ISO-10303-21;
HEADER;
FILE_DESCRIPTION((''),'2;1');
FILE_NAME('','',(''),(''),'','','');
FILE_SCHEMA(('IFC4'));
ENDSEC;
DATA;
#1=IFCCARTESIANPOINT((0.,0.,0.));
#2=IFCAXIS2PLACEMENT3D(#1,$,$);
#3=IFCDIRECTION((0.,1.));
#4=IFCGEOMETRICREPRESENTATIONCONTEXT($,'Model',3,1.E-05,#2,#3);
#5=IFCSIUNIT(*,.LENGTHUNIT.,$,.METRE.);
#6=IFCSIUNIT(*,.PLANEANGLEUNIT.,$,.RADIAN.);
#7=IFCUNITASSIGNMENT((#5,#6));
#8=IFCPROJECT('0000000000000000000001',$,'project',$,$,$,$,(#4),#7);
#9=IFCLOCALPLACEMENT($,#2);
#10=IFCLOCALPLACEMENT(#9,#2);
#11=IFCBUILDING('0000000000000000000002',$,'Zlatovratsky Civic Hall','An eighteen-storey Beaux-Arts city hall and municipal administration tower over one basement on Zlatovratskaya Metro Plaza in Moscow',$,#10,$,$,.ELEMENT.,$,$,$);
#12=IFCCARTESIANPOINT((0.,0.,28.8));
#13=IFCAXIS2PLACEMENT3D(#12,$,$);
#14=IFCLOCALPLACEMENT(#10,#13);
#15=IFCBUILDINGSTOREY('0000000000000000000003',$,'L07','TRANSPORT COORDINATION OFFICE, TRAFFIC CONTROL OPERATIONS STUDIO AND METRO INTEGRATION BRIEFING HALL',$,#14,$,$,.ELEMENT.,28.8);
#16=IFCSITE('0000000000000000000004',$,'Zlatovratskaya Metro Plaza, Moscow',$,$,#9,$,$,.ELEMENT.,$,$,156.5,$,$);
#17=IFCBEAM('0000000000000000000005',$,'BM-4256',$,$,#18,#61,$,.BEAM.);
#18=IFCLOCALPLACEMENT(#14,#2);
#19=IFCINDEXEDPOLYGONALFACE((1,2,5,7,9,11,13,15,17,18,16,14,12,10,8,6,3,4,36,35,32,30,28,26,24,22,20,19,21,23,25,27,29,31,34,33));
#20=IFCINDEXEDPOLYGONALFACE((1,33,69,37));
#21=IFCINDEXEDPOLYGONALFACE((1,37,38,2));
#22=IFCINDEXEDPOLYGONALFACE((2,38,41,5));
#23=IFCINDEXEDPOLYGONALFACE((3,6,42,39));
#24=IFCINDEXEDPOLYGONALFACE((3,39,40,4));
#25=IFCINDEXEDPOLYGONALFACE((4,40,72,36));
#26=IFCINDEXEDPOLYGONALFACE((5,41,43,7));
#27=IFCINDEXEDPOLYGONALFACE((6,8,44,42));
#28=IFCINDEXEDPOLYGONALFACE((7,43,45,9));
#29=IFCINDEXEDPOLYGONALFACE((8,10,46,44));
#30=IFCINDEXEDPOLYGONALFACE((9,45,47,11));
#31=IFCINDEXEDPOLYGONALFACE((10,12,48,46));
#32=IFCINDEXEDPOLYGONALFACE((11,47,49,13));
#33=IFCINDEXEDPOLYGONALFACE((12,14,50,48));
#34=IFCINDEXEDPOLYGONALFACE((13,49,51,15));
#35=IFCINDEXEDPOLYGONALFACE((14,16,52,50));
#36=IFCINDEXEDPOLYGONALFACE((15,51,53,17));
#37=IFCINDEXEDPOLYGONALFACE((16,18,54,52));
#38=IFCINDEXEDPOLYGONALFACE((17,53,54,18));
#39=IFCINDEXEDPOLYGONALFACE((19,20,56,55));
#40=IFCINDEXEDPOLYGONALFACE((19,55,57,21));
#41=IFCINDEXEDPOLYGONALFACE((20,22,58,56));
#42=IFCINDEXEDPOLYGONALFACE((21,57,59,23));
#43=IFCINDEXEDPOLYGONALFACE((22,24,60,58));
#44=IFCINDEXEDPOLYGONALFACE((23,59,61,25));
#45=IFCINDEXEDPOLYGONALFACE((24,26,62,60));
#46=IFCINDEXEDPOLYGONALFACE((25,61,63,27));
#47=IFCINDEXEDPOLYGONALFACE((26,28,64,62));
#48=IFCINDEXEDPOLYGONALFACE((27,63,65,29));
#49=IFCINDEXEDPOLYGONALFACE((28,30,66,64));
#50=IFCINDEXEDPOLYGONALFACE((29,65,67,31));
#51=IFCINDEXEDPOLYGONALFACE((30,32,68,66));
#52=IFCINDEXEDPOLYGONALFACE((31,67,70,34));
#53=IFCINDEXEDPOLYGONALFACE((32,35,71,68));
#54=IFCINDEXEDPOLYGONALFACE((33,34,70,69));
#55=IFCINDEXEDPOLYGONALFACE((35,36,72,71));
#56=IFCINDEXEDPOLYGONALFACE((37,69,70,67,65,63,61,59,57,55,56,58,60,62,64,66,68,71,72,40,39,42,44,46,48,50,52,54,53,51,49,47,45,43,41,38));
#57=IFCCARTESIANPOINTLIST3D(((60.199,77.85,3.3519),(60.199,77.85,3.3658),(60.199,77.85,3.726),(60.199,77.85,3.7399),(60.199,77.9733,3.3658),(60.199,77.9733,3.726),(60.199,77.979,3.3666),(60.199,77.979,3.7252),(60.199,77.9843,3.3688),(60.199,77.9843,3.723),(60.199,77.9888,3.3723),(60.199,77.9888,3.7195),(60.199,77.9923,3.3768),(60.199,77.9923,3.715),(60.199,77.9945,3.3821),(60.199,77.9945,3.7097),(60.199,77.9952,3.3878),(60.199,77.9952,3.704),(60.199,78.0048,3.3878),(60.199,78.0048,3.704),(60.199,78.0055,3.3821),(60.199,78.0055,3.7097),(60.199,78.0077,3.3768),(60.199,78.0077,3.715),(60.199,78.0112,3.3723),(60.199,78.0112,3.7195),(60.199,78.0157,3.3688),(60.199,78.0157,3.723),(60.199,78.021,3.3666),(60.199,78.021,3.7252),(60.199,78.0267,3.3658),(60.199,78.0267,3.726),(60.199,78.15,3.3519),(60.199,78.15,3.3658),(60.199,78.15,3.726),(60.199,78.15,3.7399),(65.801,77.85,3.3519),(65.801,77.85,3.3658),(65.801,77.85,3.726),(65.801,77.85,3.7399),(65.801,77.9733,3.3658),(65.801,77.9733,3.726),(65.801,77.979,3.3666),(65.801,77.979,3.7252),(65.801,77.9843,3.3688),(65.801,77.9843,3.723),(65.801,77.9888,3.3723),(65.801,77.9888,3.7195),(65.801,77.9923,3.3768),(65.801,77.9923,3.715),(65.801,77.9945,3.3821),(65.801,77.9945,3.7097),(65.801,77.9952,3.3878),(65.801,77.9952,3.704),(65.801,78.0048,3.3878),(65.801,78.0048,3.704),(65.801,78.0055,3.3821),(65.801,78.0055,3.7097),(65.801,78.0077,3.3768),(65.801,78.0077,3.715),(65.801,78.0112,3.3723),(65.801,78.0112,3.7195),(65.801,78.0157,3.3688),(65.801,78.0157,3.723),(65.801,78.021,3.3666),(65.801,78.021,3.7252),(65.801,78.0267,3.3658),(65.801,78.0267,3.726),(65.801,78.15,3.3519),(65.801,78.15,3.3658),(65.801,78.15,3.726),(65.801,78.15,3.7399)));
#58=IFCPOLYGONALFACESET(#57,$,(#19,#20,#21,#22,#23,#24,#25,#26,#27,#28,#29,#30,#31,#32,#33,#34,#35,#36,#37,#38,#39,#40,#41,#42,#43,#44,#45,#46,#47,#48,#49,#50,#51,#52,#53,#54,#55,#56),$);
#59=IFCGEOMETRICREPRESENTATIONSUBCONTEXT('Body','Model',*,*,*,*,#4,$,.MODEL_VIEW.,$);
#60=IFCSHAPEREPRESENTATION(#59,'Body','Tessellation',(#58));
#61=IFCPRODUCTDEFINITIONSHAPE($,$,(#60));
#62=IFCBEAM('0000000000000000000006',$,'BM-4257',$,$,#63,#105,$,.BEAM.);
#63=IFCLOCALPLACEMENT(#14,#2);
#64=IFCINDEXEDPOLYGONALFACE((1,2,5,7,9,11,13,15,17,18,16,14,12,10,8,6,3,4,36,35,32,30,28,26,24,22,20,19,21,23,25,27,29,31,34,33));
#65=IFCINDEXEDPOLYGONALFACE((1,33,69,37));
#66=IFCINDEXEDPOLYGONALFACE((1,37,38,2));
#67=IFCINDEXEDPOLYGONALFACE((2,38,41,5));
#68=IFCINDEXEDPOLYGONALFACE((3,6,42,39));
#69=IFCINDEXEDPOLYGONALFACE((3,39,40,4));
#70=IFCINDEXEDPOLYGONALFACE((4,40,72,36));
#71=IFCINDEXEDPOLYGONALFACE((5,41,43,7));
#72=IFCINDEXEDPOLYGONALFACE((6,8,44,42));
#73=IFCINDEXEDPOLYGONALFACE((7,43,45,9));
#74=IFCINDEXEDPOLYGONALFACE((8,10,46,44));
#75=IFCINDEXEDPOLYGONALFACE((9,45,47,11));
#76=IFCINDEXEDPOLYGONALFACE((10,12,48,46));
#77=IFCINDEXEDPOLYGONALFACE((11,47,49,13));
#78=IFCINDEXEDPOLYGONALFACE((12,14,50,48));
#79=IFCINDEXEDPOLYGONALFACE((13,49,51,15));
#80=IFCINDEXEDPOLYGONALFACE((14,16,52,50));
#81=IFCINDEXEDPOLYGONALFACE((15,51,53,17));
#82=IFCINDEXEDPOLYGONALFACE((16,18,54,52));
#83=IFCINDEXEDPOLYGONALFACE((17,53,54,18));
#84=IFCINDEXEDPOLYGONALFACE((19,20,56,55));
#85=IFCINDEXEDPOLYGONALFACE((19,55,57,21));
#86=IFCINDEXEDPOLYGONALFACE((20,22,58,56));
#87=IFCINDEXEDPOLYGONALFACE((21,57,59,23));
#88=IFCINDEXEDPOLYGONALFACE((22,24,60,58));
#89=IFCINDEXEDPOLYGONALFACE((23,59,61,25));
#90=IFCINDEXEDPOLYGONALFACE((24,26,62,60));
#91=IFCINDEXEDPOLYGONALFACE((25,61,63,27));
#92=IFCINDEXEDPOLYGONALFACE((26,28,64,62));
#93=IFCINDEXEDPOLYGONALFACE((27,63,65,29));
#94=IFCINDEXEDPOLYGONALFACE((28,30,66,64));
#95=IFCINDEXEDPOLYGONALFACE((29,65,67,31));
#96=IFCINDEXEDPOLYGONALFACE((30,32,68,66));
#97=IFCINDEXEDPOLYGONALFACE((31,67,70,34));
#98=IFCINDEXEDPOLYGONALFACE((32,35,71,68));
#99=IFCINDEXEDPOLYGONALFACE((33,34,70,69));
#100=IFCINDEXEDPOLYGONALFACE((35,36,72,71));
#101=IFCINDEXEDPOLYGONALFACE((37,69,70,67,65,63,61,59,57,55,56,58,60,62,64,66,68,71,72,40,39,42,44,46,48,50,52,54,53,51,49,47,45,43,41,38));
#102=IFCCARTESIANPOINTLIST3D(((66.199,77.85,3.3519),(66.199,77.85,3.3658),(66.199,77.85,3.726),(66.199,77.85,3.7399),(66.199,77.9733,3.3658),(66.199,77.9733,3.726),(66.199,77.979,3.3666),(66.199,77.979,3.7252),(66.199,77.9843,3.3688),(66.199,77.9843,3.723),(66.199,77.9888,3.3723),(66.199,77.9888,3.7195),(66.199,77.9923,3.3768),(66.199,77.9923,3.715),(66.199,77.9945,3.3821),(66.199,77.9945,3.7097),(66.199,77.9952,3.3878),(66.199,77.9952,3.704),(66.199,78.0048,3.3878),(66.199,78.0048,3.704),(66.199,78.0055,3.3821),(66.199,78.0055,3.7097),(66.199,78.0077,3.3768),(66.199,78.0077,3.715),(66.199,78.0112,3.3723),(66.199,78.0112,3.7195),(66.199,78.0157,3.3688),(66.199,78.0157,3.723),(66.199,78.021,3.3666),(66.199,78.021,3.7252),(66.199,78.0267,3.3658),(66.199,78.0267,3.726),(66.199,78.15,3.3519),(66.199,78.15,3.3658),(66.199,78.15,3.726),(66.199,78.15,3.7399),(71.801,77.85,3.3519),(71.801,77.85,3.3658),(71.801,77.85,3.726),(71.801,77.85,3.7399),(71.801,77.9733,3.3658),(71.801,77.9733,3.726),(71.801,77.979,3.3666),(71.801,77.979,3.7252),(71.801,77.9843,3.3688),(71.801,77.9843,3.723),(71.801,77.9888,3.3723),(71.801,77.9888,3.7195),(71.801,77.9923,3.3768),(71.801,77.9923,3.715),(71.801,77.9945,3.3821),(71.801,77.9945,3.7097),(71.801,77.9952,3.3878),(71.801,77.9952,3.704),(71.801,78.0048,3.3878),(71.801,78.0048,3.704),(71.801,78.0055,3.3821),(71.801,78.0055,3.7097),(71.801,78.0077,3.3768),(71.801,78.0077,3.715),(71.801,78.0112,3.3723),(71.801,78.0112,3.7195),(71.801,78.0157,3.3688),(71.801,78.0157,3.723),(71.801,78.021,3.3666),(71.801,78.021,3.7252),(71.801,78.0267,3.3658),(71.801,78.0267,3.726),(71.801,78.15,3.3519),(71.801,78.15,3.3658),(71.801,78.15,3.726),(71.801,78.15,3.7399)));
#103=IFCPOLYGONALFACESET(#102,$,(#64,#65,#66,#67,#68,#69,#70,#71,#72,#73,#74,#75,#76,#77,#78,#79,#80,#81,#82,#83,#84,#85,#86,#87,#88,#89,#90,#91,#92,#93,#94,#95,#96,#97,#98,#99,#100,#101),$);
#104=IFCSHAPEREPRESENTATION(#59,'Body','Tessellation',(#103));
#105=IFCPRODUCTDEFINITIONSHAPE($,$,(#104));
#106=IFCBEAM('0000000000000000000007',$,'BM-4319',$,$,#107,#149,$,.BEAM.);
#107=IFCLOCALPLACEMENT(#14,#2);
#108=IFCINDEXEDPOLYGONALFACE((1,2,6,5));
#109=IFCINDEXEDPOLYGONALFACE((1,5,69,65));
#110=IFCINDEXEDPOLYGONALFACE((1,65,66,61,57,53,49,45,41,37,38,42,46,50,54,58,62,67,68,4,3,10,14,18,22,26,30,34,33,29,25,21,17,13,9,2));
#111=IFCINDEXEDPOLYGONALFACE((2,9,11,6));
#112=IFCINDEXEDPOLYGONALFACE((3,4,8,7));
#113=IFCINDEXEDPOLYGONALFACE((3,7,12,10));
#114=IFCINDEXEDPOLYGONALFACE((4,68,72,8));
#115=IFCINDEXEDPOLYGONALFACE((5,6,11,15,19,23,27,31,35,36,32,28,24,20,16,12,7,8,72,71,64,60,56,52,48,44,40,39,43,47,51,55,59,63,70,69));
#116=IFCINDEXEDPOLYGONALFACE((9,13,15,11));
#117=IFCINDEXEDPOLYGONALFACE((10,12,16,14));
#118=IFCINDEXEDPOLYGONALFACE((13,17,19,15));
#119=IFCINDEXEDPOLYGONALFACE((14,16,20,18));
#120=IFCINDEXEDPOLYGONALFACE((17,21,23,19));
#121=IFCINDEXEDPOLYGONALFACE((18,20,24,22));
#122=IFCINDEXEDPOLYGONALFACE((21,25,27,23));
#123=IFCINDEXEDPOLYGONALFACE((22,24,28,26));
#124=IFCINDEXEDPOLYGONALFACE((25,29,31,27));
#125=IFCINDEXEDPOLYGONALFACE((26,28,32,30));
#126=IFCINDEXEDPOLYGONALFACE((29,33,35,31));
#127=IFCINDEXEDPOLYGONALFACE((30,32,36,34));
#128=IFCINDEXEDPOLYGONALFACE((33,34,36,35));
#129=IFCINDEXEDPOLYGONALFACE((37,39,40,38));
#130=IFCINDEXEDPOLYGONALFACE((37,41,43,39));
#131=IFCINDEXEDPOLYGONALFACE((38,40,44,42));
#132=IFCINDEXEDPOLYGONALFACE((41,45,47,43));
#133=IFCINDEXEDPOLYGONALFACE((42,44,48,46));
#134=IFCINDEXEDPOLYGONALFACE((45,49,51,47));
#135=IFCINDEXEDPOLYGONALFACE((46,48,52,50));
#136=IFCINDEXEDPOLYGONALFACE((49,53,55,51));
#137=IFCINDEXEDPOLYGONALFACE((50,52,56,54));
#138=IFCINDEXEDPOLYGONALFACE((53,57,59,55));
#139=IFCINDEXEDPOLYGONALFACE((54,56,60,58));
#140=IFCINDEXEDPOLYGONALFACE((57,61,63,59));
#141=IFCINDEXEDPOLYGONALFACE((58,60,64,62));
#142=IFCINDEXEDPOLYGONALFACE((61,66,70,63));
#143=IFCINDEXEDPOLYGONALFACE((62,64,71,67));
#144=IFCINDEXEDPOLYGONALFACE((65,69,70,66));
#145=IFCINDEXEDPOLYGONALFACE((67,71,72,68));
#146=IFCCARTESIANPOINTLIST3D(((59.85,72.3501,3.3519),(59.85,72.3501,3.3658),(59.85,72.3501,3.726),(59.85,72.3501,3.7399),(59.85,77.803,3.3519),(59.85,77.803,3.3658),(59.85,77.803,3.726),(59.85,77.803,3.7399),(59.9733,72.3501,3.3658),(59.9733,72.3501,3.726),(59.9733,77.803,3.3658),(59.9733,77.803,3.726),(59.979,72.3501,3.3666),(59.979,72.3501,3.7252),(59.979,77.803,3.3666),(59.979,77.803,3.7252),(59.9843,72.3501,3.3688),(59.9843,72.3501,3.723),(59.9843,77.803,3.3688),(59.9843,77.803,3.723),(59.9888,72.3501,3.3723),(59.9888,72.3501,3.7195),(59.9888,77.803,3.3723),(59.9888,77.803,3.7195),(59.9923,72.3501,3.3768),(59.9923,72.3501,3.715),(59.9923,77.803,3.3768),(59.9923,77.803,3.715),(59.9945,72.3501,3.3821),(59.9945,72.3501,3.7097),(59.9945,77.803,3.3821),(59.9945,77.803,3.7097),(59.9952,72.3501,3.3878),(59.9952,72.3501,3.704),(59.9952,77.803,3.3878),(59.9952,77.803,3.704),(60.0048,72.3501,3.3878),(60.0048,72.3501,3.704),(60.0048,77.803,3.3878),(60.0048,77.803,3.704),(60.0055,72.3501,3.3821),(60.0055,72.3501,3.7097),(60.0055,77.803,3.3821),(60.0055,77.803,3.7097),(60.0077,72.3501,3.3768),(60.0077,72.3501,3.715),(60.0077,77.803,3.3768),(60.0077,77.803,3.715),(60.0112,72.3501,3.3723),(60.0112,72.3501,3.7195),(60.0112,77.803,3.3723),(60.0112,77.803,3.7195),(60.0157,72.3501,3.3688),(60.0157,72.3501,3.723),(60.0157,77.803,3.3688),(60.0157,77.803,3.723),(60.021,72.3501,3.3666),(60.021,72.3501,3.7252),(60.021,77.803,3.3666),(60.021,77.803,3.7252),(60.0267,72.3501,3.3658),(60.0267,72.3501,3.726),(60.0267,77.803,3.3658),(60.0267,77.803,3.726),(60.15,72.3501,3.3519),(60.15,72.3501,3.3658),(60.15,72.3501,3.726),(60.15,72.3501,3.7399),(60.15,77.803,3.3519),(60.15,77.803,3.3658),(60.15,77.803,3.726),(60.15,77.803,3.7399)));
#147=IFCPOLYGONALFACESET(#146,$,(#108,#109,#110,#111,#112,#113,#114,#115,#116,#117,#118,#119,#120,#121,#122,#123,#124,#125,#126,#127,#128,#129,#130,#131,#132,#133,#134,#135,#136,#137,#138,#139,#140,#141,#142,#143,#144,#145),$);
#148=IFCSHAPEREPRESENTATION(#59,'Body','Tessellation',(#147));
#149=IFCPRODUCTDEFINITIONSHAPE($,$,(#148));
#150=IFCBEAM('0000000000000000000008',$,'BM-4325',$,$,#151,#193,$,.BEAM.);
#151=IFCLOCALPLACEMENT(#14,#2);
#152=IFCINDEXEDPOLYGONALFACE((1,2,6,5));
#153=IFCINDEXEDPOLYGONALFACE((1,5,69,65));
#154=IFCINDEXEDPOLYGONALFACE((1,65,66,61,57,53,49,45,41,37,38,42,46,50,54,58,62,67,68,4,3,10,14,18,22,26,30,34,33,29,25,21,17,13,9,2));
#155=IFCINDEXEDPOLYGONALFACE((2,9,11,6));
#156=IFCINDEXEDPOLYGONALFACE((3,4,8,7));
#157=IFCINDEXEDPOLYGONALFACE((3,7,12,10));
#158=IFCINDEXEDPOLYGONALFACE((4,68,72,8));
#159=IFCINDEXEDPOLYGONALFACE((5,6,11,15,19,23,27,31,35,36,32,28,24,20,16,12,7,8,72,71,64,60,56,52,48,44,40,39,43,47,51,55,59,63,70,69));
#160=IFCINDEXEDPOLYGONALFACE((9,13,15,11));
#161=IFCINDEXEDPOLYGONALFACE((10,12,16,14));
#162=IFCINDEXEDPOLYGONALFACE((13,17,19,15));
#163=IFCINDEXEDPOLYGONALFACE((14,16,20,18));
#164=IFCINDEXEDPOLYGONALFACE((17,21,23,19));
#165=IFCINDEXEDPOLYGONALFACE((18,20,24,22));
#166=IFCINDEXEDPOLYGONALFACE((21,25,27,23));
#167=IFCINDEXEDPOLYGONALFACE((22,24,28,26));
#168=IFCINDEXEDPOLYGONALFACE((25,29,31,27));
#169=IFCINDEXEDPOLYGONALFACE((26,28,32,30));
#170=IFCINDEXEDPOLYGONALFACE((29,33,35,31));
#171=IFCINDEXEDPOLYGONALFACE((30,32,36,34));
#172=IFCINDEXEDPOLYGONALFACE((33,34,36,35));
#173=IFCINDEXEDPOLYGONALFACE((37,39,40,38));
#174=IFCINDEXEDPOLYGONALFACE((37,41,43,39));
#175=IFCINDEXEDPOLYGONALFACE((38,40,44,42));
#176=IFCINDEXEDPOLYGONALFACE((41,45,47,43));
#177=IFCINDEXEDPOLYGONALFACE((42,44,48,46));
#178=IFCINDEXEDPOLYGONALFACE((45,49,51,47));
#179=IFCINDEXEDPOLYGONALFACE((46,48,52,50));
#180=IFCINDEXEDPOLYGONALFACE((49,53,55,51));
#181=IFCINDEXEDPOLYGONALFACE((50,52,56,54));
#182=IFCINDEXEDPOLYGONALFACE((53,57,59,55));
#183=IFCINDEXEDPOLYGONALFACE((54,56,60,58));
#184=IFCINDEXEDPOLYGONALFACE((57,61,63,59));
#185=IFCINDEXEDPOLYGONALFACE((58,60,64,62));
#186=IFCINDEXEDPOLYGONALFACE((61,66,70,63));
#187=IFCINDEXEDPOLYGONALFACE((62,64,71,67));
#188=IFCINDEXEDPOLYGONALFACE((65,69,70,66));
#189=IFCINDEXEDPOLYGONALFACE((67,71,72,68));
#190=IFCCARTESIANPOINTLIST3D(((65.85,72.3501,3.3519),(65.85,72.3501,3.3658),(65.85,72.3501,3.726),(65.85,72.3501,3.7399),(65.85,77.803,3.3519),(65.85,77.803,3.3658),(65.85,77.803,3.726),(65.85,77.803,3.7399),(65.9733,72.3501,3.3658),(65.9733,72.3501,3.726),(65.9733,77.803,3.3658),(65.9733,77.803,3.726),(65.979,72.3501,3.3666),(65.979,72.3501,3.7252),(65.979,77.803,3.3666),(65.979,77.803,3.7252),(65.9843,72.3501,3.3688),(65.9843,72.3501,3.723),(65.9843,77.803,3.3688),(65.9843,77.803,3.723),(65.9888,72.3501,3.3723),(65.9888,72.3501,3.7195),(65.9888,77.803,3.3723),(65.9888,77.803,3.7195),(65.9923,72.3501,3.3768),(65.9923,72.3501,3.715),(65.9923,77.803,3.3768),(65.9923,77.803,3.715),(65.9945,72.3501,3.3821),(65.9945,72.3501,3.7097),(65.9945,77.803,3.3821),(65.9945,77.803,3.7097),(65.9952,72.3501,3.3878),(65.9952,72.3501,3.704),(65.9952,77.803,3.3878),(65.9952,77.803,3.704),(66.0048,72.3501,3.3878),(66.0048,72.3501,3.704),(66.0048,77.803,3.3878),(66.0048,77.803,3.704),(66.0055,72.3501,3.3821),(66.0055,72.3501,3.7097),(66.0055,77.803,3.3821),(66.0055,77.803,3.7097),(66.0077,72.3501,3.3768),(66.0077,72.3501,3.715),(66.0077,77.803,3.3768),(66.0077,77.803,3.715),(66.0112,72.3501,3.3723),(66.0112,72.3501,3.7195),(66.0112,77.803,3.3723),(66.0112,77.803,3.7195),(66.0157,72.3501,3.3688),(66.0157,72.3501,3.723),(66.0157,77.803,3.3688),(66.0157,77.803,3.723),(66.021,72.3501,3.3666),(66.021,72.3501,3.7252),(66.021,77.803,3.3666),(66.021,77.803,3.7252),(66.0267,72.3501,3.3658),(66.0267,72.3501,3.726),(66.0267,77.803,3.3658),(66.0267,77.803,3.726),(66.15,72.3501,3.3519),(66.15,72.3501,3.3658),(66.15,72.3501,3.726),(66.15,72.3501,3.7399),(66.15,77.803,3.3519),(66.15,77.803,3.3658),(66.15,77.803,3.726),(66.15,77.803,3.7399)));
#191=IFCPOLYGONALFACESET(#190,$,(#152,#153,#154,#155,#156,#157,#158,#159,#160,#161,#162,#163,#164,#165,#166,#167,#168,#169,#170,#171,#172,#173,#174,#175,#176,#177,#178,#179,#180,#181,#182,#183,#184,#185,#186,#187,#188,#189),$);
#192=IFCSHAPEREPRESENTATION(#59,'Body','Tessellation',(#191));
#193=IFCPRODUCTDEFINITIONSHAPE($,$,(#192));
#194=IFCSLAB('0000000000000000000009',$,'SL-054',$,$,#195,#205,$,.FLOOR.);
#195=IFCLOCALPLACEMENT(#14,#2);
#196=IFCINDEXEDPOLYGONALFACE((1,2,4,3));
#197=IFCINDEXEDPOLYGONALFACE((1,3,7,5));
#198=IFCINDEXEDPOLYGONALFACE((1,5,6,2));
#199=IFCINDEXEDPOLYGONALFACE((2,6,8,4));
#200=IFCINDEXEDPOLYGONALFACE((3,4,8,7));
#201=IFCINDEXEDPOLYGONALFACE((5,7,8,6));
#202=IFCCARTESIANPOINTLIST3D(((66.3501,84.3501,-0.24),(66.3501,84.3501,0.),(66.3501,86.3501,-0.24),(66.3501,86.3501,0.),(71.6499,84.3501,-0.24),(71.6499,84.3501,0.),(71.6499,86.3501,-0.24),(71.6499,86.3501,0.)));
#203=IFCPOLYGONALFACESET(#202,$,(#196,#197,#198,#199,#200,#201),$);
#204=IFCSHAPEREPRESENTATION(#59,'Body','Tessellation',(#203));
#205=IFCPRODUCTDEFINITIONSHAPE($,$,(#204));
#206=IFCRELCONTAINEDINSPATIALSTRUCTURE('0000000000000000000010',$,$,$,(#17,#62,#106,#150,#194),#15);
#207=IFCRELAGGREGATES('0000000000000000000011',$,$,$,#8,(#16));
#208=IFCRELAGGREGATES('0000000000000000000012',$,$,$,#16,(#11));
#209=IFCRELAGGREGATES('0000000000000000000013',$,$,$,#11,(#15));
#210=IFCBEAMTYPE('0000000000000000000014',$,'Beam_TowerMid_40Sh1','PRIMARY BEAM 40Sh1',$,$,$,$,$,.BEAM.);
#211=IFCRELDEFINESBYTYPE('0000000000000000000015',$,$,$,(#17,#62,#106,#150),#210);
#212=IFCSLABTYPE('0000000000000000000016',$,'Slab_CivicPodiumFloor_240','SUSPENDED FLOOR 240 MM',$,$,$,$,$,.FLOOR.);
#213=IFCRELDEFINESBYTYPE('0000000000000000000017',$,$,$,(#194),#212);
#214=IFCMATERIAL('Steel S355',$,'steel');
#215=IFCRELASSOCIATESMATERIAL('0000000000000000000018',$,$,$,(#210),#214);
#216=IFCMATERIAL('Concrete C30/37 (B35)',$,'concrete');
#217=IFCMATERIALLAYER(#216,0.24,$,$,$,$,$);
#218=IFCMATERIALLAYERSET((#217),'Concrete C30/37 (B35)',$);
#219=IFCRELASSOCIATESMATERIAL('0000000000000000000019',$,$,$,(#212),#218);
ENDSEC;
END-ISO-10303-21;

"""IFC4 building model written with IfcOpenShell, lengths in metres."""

from ifc_helpers import new_model, si_unit, direction, frame, origin, origin_2d, place, context, subcontext, project, spatial, polyline, i_section, outline, extrude, material, layer, layer_set, material_profile, profile_set, type_object, element, save


model = new_model("IFC4")

# Units and contexts
model_context = context("Model", 3, precision=1e-05, world=origin(), true_north=direction((0.0, 1.0)))
body_context = subcontext(model_context, "Body", "Model", "MODEL_VIEW")
ifc_project = project(units=[si_unit("LENGTHUNIT", "METRE"), si_unit("PLANEANGLEUNIT", "RADIAN")], contexts=[model_context])

# Site, building, storey
site_placement = place(None, origin())
site = spatial("IfcSite", under=ifc_project, at=site_placement, Name="Zlatovratskaya Metro Plaza, Moscow", CompositionType="ELEMENT", RefElevation=156.5)
building_placement = place(site_placement, origin())
building = spatial("IfcBuilding", under=site, at=building_placement, Name="Zlatovratsky Civic Hall", Description="An eighteen-storey Beaux-Arts city hall and municipal administration tower over one basement on Zlatovratskaya Metro Plaza in Moscow", CompositionType="ELEMENT")
storey_placement = place(building_placement, frame((0.0, 0.0, 28.8)))
storey = spatial("IfcBuildingStorey", under=building, at=storey_placement, Name="L07", Description="TRANSPORT COORDINATION OFFICE, TRAFFIC CONTROL OPERATIONS STUDIO AND METRO INTEGRATION BRIEFING HALL", CompositionType="ELEMENT", Elevation=28.8)

# Shared definitions
ifc_material_1 = material(Name="Steel S355", Category="steel")

# Beams
ifc_material_profile_1 = material_profile(ifc_material_1, i_section(OverallWidth=0.3, OverallDepth=0.3879, WebThickness=0.0095, FlangeThickness=0.0139, FilletRadius=0.022, at=origin_2d()), Name="40Sh1")
ifc_profile_set_1 = profile_set([ifc_material_profile_1], Name="Steel S355")
beam_type_1 = type_object("IfcBeamType", Name="Beam_TowerMid_40Sh1", Description="PRIMARY BEAM 40Sh1", PredefinedType="BEAM", material=ifc_profile_set_1)
for number, where, z_axis, x_axis, name in (
    (1, (60.199, 78.0, 3.5459), (1.0, 0.0, 0.0), (0.0, 1.0, 0.0), "BM-4256"),
    (2, (66.199, 78.0, 3.5459), (1.0, 0.0, 0.0), (0.0, 1.0, 0.0), "BM-4257"),
):
    element("IfcBeam", number, at=place(storey_placement, frame(where, z_axis=z_axis, x_axis=x_axis)), inside=storey, type_object=beam_type_1, Name=name, PredefinedType="BEAM", context=body_context, shape_type="SweptSolid", body=[
        extrude(i_section(OverallWidth=0.3, OverallDepth=0.3879, WebThickness=0.0095, FlangeThickness=0.0139, FilletRadius=0.022, at=origin_2d()), origin(), (0.0, 0.0, 1.0), 5.6021),
    ])
for number, where, z_axis, x_axis, name in (
    (3, (60.0, 72.3501, 3.5459), (0.0, 1.0, 0.0), (-1.0, 0.0, 0.0), "BM-4319"),
    (4, (66.0, 72.3501, 3.5459), (0.0, 1.0, 0.0), (-1.0, 0.0, 0.0), "BM-4325"),
):
    element("IfcBeam", number, at=place(storey_placement, frame(where, z_axis=z_axis, x_axis=x_axis)), inside=storey, type_object=beam_type_1, Name=name, PredefinedType="BEAM", context=body_context, shape_type="SweptSolid", body=[
        extrude(i_section(OverallWidth=0.3, OverallDepth=0.3879, WebThickness=0.0095, FlangeThickness=0.0139, FilletRadius=0.022, at=origin_2d()), origin(), (0.0, 0.0, 1.0), 5.4529),
    ])

# Slab
ifc_material_2 = material(Name="Concrete C30/37 (B35)", Category="concrete")
ifc_layer_1 = layer(ifc_material_2, 0.24)
ifc_layer_set_1 = layer_set([ifc_layer_1], Name="Concrete C30/37 (B35)")
slab_type_1 = type_object("IfcSlabType", Name="Slab_CivicPodiumFloor_240", Description="SUSPENDED FLOOR 240 MM", PredefinedType="FLOOR", material=ifc_layer_set_1)
slab_1_placement = place(storey_placement, frame((0.0, 0.0, -0.24)))
element("IfcSlab", 5, at=slab_1_placement, inside=storey, type_object=slab_type_1, Name="SL-054", PredefinedType="FLOOR", context=body_context, shape_type="SweptSolid", body=[
    extrude(outline(polyline([(66.3501, 84.3501), (71.6499, 84.3501), (71.6499, 86.3501), (66.3501, 86.3501), (66.3501, 84.3501)])), origin(), (0.0, 0.0, 1.0), 0.24),
])

save(model, "model.ifc")
